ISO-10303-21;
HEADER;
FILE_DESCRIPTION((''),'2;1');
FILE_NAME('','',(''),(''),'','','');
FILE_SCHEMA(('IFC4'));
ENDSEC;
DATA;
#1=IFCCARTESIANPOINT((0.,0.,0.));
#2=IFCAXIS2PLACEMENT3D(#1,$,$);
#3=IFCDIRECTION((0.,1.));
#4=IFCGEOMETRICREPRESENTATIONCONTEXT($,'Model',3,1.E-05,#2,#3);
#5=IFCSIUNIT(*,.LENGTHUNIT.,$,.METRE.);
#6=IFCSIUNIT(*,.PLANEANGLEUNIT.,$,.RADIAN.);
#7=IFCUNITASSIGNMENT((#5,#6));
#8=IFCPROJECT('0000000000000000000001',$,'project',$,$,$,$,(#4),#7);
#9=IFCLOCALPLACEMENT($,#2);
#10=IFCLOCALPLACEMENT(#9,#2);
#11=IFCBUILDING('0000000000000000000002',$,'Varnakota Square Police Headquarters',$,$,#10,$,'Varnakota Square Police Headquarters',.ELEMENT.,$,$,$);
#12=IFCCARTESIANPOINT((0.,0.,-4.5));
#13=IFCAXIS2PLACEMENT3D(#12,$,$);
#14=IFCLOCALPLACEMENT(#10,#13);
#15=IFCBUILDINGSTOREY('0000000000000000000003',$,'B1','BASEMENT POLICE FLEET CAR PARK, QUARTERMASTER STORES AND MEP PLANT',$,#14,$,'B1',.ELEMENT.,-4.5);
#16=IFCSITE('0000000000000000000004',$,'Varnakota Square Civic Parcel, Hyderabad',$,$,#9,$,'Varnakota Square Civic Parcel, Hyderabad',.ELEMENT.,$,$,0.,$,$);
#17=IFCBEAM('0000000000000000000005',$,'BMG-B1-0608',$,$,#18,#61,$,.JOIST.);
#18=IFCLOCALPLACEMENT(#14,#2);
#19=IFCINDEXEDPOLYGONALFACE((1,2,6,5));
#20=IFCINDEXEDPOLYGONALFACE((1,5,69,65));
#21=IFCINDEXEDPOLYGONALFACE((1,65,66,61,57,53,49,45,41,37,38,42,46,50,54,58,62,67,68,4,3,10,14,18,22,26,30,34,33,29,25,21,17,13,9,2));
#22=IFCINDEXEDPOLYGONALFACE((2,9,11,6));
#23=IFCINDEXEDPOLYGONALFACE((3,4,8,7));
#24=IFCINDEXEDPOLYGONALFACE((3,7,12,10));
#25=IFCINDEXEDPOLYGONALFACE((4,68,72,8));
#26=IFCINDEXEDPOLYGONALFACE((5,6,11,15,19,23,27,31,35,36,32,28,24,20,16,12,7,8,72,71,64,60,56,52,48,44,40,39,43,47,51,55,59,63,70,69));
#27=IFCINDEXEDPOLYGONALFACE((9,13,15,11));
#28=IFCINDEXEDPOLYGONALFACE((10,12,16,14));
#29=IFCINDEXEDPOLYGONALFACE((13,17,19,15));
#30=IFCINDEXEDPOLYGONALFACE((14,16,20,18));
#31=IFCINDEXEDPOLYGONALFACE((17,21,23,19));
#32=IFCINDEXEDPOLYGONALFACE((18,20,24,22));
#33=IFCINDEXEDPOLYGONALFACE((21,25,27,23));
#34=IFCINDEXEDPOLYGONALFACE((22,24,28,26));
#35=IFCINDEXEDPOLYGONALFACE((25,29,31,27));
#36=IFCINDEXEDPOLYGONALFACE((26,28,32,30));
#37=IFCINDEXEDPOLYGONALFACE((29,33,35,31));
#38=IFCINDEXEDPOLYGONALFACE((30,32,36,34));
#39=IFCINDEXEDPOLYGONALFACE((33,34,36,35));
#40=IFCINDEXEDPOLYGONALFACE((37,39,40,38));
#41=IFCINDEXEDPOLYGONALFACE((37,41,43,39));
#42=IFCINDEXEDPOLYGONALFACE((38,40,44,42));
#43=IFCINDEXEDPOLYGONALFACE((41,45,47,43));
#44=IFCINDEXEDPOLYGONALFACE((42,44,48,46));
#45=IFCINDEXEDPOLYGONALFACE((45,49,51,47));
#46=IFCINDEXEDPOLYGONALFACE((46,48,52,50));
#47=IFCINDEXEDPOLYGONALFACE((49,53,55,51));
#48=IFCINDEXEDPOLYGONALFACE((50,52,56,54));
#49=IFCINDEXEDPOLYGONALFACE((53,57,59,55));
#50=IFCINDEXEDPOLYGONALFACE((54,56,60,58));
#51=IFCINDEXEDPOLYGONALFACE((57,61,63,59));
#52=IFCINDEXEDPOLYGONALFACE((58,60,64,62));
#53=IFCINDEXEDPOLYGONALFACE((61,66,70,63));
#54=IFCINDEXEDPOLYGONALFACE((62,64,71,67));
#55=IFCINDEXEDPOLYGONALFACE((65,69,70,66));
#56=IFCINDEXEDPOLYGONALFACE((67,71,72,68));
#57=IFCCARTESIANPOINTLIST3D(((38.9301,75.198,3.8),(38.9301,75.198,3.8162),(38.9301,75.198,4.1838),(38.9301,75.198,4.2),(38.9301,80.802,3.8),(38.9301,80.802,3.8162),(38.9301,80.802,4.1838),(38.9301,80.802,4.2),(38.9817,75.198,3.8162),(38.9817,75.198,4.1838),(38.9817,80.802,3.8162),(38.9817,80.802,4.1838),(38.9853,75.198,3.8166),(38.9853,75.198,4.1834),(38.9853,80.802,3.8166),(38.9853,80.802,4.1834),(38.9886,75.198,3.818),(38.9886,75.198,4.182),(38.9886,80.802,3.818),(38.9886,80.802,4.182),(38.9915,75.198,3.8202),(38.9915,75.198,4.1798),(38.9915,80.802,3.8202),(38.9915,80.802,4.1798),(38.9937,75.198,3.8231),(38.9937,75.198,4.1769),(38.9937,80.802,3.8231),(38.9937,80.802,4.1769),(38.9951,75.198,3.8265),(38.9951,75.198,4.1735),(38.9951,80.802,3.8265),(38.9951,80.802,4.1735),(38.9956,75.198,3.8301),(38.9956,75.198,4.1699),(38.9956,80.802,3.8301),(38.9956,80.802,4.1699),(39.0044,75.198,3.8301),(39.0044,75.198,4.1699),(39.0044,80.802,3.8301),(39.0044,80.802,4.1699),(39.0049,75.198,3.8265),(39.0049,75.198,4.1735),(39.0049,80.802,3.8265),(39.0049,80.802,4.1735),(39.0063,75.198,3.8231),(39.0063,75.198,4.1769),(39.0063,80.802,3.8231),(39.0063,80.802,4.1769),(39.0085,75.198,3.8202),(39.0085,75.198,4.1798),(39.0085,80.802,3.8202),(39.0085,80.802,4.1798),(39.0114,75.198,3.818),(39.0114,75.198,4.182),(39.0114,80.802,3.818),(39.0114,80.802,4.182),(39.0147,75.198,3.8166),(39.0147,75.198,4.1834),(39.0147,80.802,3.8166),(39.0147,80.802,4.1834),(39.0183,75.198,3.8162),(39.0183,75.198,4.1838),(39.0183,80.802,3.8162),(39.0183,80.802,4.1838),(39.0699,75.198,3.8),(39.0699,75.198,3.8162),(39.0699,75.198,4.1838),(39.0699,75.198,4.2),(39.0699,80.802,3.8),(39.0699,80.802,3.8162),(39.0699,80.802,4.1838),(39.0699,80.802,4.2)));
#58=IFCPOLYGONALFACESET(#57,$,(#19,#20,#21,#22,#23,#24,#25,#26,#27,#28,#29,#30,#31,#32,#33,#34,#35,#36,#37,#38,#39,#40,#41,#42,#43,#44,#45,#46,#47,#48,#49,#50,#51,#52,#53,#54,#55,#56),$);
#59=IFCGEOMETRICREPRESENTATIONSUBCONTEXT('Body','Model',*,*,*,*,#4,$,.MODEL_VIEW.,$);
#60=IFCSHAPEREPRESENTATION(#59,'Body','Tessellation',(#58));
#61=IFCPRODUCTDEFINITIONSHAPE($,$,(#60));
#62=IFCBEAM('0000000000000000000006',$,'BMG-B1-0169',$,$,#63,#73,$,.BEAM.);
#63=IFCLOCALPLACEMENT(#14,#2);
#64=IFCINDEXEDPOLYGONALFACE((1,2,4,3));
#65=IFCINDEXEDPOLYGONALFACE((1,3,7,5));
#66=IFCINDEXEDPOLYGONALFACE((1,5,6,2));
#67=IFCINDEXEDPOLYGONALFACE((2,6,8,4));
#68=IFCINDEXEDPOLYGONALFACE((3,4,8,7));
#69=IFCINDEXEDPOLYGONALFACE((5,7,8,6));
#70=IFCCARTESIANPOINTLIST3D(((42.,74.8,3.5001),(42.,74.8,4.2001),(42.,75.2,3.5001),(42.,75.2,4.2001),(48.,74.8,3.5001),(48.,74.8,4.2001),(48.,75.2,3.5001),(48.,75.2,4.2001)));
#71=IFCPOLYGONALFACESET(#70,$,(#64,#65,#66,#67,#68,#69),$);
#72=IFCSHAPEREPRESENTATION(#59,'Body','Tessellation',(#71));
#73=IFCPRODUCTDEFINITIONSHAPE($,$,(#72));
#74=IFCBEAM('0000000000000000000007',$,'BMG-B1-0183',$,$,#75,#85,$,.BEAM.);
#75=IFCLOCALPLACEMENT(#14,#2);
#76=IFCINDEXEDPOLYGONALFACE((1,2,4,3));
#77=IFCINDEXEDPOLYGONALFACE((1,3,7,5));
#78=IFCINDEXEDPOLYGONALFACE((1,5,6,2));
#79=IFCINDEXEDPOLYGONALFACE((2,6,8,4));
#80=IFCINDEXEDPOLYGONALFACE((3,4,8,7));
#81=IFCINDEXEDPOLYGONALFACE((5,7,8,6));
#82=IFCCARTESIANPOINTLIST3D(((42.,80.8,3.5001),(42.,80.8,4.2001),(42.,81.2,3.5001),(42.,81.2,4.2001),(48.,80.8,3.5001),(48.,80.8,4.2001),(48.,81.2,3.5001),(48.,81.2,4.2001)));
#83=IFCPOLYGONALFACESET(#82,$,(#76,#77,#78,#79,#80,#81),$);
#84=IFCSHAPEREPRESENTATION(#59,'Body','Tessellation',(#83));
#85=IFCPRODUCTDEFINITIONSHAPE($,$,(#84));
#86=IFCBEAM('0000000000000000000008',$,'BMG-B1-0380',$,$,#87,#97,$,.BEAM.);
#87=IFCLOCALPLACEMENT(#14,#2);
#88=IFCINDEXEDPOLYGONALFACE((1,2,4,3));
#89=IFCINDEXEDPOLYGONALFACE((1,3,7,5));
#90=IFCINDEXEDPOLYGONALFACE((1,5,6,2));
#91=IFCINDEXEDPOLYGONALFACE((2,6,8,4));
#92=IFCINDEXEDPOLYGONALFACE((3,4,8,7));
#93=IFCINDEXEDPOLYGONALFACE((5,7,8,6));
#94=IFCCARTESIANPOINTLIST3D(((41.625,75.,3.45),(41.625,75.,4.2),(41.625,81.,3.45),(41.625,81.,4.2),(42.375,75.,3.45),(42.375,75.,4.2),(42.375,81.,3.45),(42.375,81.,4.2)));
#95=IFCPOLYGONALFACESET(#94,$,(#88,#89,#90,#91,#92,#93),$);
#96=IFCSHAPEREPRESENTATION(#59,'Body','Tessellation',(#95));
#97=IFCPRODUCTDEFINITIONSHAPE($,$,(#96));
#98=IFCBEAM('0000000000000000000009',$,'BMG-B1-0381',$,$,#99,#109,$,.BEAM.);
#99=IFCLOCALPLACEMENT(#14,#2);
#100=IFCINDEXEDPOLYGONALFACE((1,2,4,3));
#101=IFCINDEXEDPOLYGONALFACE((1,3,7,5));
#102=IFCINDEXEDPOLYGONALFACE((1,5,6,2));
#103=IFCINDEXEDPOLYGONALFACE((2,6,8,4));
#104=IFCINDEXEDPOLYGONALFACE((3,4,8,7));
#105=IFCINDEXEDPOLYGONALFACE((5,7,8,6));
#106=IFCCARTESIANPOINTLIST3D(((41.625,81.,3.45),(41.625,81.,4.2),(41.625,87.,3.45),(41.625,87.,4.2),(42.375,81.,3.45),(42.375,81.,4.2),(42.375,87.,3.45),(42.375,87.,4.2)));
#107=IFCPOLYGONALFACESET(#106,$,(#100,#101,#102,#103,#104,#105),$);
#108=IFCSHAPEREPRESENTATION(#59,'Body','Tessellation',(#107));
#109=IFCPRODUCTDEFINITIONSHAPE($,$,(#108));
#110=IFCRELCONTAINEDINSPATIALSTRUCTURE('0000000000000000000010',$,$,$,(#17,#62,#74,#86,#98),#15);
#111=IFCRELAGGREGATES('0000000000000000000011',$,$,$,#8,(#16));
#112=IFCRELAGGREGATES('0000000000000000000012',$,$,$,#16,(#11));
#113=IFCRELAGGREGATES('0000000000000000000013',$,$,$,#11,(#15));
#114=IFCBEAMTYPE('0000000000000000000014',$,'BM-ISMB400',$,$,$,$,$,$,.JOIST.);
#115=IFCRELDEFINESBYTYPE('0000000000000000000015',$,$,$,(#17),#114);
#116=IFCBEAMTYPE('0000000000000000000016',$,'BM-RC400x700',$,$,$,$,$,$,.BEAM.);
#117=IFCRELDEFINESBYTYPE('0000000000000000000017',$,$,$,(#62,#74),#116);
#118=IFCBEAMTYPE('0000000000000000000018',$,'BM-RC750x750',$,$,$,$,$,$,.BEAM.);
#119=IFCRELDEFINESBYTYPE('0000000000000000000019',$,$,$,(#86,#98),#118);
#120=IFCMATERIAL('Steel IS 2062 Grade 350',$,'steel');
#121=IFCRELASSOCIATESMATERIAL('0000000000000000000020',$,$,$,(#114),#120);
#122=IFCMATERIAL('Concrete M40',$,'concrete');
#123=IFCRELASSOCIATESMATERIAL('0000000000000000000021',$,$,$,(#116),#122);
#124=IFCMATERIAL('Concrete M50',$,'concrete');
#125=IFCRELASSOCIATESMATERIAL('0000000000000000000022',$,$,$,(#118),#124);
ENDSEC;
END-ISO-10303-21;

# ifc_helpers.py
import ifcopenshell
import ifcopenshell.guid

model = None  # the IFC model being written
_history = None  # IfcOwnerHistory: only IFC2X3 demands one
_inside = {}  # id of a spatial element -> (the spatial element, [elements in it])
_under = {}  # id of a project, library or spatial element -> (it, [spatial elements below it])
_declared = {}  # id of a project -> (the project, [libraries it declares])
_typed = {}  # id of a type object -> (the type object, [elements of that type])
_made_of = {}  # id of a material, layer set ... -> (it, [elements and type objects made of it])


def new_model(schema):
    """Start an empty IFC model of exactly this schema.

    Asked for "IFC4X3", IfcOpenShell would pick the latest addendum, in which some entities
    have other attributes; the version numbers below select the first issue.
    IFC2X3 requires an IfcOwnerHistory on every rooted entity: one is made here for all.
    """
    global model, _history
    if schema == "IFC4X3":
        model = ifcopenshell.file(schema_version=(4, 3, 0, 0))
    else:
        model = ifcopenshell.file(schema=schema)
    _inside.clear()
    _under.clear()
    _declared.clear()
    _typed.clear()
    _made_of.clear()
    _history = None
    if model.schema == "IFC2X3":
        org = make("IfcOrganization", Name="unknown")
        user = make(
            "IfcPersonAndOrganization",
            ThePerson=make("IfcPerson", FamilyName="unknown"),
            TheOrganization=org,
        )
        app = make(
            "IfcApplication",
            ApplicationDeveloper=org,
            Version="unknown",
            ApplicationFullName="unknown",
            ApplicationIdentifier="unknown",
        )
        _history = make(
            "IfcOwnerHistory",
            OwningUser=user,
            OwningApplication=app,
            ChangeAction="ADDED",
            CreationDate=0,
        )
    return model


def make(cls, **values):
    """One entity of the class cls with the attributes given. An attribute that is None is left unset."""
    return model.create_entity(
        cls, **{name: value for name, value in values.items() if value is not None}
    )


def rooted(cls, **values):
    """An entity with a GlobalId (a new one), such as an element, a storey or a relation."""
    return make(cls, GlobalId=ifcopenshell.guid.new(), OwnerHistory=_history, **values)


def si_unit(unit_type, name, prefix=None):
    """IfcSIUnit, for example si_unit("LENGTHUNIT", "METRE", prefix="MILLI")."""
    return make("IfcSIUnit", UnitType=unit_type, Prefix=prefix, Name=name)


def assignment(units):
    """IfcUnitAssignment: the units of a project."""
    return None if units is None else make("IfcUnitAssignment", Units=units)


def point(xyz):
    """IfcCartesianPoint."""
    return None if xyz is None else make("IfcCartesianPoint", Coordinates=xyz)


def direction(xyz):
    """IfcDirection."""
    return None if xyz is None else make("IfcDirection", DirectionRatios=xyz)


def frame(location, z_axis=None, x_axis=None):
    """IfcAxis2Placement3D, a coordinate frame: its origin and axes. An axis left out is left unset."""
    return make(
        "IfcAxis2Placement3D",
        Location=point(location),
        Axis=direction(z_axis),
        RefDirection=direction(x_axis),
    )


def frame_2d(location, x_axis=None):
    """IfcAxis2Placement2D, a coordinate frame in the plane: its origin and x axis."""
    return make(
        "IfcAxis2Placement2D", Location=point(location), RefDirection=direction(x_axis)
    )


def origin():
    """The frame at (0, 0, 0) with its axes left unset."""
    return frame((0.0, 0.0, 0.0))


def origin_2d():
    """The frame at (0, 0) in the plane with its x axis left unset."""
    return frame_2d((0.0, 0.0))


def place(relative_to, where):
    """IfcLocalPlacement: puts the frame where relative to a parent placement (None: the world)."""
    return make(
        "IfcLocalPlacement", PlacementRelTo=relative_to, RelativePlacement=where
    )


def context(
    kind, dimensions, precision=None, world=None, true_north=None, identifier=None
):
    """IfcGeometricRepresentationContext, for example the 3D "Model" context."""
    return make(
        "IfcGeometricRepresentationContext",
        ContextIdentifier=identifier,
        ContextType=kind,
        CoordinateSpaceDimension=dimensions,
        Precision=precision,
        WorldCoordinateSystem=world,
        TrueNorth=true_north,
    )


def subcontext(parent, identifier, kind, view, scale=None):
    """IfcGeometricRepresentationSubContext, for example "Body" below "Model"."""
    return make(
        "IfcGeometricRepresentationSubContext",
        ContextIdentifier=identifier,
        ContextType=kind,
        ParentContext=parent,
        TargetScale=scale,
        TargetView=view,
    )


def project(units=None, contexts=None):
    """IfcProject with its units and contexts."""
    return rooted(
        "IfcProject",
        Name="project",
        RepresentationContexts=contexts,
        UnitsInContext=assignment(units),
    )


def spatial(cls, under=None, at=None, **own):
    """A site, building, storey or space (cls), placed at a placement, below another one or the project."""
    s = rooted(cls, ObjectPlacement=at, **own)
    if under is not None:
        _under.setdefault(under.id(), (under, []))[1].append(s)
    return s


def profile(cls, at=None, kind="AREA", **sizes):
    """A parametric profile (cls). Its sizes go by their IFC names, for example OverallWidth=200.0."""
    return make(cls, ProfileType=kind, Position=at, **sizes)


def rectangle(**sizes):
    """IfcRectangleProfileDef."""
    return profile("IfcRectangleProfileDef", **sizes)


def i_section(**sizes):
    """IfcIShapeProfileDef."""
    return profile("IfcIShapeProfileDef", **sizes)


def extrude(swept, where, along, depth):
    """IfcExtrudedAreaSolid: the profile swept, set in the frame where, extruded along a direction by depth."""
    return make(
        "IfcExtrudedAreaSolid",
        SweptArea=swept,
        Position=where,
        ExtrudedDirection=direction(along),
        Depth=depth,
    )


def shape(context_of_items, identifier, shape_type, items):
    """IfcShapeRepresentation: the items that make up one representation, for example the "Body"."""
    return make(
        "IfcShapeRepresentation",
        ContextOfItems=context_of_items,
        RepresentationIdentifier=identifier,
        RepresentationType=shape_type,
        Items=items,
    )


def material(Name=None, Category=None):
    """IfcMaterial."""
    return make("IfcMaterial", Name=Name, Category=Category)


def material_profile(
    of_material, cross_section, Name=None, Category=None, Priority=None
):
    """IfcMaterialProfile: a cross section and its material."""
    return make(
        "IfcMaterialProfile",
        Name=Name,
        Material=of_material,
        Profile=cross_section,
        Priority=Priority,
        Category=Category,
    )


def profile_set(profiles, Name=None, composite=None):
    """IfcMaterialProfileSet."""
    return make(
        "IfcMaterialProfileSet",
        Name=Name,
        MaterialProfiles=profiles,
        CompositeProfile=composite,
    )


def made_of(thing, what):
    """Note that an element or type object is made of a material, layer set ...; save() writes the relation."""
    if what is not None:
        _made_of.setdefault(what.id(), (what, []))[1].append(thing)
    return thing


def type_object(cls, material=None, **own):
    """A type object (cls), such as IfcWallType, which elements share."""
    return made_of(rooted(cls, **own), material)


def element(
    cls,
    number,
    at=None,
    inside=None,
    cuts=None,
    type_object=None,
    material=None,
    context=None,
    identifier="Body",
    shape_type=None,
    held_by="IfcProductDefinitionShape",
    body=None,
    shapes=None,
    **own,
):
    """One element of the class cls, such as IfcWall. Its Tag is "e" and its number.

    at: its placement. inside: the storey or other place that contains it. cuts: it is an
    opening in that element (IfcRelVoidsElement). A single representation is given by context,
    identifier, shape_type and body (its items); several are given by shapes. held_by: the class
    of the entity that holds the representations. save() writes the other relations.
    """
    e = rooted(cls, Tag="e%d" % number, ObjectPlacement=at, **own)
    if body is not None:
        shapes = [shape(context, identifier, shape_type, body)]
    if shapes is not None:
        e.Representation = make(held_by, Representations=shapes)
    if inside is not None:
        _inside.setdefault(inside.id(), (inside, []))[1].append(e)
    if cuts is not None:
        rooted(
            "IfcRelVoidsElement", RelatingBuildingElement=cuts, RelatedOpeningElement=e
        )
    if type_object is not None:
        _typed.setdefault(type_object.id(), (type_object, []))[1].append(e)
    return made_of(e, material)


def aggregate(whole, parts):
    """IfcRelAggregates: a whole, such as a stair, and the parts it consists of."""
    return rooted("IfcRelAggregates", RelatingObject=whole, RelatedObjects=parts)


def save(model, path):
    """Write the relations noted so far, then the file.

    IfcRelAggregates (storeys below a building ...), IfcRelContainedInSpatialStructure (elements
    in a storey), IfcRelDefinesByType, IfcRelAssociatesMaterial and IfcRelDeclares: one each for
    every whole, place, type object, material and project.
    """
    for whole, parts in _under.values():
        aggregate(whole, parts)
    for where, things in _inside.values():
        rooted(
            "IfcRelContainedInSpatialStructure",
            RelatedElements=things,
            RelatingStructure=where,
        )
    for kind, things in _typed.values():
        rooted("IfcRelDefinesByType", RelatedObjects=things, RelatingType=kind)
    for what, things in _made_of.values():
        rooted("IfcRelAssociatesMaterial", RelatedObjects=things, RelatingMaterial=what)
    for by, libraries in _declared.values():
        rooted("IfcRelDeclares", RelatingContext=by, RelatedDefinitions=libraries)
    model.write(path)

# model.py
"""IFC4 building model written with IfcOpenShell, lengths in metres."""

from ifc_helpers import new_model, si_unit, direction, frame, origin, origin_2d, place, context, subcontext, project, spatial, rectangle, i_section, extrude, material, material_profile, profile_set, type_object, element, save


model = new_model("IFC4")

# Units and contexts
model_context = context("Model", 3, precision=1e-05, world=origin(), true_north=direction((0.0, 1.0)))
body_context = subcontext(model_context, "Body", "Model", "MODEL_VIEW")
ifc_project = project(units=[si_unit("LENGTHUNIT", "METRE"), si_unit("PLANEANGLEUNIT", "RADIAN")], contexts=[model_context])

# Site, building, storey
site_placement = place(None, origin())
site = spatial("IfcSite", under=ifc_project, at=site_placement, Name="Varnakota Square Civic Parcel, Hyderabad", LongName="Varnakota Square Civic Parcel, Hyderabad", CompositionType="ELEMENT", RefElevation=0.0)
building_placement = place(site_placement, origin())
building = spatial("IfcBuilding", under=site, at=building_placement, Name="Varnakota Square Police Headquarters", LongName="Varnakota Square Police Headquarters", CompositionType="ELEMENT")
storey_placement = place(building_placement, frame((0.0, 0.0, -4.5)))
storey = spatial("IfcBuildingStorey", under=building, at=storey_placement, Name="B1", Description="BASEMENT POLICE FLEET CAR PARK, QUARTERMASTER STORES AND MEP PLANT", LongName="B1", CompositionType="ELEMENT", Elevation=-4.5)

# Shared definitions
ifc_material_1 = material(Name="Concrete M40", Category="concrete")

# Shared definitions
ifc_material_2 = material(Name="Concrete M50", Category="concrete")

# Beams
ifc_material_3 = material(Name="Steel IS 2062 Grade 350", Category="steel")
ifc_material_profile_1 = material_profile(ifc_material_3, i_section(OverallWidth=0.1399, OverallDepth=0.3999, WebThickness=0.0088, FlangeThickness=0.0161, FilletRadius=0.0139, at=origin_2d()), Name="ISMB 400")
ifc_profile_set_1 = profile_set([ifc_material_profile_1], Name="Steel IS 2062 Grade 350")
beam_type_1 = type_object("IfcBeamType", Name="BM-ISMB400", PredefinedType="JOIST", material=ifc_profile_set_1)
beam_1_placement = place(storey_placement, frame((39.0, 75.198, 4.0), z_axis=(0.0, 1.0, 0.0), x_axis=(-1.0, 0.0, 0.0)))
element("IfcBeam", 1, at=beam_1_placement, inside=storey, type_object=beam_type_1, Name="BMG-B1-0608", PredefinedType="JOIST", context=body_context, shape_type="SweptSolid", body=[
    extrude(i_section(OverallWidth=0.1399, OverallDepth=0.3999, WebThickness=0.0088, FlangeThickness=0.0161, FilletRadius=0.0139, at=origin_2d()), origin(), (0.0, 0.0, 1.0), 5.604),
])
ifc_material_profile_2 = material_profile(ifc_material_1, rectangle(XDim=0.3999, YDim=0.7, at=origin_2d()), Name="RC 400x700")
ifc_profile_set_2 = profile_set([ifc_material_profile_2], Name="Concrete M40")
beam_type_2 = type_object("IfcBeamType", Name="BM-RC400x700", PredefinedType="BEAM", material=ifc_profile_set_2)
for number, where, z_axis, x_axis, name in (
    (2, (42.0, 75.0, 3.8501), (1.0, 0.0, 0.0), (0.0, 1.0, 0.0), "BMG-B1-0169"),
    (3, (42.0, 81.0, 3.8501), (1.0, 0.0, 0.0), (0.0, 1.0, 0.0), "BMG-B1-0183"),
):
    element("IfcBeam", number, at=place(storey_placement, frame(where, z_axis=z_axis, x_axis=x_axis)), inside=storey, type_object=beam_type_2, Name=name, PredefinedType="BEAM", context=body_context, shape_type="SweptSolid", body=[
        extrude(rectangle(XDim=0.3999, YDim=0.7, at=origin_2d()), origin(), (0.0, 0.0, 1.0), 6.0),
    ])
ifc_material_profile_3 = material_profile(ifc_material_2, rectangle(XDim=0.75, YDim=0.75, at=origin_2d()), Name="RC 750x750")
ifc_profile_set_3 = profile_set([ifc_material_profile_3], Name="Concrete M50")
beam_type_3 = type_object("IfcBeamType", Name="BM-RC750x750", PredefinedType="BEAM", material=ifc_profile_set_3)
for number, where, z_axis, x_axis, name in (
    (4, (42.0, 75.0, 3.825), (0.0, 1.0, 0.0), (-1.0, 0.0, 0.0), "BMG-B1-0380"),
    (5, (42.0, 81.0, 3.825), (0.0, 1.0, 0.0), (-1.0, 0.0, 0.0), "BMG-B1-0381"),
):
    element("IfcBeam", number, at=place(storey_placement, frame(where, z_axis=z_axis, x_axis=x_axis)), inside=storey, type_object=beam_type_3, Name=name, PredefinedType="BEAM", context=body_context, shape_type="SweptSolid", body=[
        extrude(rectangle(XDim=0.75, YDim=0.75, at=origin_2d()), origin(), (0.0, 0.0, 1.0), 6.0),
    ])

save(model, "model.ifc")
